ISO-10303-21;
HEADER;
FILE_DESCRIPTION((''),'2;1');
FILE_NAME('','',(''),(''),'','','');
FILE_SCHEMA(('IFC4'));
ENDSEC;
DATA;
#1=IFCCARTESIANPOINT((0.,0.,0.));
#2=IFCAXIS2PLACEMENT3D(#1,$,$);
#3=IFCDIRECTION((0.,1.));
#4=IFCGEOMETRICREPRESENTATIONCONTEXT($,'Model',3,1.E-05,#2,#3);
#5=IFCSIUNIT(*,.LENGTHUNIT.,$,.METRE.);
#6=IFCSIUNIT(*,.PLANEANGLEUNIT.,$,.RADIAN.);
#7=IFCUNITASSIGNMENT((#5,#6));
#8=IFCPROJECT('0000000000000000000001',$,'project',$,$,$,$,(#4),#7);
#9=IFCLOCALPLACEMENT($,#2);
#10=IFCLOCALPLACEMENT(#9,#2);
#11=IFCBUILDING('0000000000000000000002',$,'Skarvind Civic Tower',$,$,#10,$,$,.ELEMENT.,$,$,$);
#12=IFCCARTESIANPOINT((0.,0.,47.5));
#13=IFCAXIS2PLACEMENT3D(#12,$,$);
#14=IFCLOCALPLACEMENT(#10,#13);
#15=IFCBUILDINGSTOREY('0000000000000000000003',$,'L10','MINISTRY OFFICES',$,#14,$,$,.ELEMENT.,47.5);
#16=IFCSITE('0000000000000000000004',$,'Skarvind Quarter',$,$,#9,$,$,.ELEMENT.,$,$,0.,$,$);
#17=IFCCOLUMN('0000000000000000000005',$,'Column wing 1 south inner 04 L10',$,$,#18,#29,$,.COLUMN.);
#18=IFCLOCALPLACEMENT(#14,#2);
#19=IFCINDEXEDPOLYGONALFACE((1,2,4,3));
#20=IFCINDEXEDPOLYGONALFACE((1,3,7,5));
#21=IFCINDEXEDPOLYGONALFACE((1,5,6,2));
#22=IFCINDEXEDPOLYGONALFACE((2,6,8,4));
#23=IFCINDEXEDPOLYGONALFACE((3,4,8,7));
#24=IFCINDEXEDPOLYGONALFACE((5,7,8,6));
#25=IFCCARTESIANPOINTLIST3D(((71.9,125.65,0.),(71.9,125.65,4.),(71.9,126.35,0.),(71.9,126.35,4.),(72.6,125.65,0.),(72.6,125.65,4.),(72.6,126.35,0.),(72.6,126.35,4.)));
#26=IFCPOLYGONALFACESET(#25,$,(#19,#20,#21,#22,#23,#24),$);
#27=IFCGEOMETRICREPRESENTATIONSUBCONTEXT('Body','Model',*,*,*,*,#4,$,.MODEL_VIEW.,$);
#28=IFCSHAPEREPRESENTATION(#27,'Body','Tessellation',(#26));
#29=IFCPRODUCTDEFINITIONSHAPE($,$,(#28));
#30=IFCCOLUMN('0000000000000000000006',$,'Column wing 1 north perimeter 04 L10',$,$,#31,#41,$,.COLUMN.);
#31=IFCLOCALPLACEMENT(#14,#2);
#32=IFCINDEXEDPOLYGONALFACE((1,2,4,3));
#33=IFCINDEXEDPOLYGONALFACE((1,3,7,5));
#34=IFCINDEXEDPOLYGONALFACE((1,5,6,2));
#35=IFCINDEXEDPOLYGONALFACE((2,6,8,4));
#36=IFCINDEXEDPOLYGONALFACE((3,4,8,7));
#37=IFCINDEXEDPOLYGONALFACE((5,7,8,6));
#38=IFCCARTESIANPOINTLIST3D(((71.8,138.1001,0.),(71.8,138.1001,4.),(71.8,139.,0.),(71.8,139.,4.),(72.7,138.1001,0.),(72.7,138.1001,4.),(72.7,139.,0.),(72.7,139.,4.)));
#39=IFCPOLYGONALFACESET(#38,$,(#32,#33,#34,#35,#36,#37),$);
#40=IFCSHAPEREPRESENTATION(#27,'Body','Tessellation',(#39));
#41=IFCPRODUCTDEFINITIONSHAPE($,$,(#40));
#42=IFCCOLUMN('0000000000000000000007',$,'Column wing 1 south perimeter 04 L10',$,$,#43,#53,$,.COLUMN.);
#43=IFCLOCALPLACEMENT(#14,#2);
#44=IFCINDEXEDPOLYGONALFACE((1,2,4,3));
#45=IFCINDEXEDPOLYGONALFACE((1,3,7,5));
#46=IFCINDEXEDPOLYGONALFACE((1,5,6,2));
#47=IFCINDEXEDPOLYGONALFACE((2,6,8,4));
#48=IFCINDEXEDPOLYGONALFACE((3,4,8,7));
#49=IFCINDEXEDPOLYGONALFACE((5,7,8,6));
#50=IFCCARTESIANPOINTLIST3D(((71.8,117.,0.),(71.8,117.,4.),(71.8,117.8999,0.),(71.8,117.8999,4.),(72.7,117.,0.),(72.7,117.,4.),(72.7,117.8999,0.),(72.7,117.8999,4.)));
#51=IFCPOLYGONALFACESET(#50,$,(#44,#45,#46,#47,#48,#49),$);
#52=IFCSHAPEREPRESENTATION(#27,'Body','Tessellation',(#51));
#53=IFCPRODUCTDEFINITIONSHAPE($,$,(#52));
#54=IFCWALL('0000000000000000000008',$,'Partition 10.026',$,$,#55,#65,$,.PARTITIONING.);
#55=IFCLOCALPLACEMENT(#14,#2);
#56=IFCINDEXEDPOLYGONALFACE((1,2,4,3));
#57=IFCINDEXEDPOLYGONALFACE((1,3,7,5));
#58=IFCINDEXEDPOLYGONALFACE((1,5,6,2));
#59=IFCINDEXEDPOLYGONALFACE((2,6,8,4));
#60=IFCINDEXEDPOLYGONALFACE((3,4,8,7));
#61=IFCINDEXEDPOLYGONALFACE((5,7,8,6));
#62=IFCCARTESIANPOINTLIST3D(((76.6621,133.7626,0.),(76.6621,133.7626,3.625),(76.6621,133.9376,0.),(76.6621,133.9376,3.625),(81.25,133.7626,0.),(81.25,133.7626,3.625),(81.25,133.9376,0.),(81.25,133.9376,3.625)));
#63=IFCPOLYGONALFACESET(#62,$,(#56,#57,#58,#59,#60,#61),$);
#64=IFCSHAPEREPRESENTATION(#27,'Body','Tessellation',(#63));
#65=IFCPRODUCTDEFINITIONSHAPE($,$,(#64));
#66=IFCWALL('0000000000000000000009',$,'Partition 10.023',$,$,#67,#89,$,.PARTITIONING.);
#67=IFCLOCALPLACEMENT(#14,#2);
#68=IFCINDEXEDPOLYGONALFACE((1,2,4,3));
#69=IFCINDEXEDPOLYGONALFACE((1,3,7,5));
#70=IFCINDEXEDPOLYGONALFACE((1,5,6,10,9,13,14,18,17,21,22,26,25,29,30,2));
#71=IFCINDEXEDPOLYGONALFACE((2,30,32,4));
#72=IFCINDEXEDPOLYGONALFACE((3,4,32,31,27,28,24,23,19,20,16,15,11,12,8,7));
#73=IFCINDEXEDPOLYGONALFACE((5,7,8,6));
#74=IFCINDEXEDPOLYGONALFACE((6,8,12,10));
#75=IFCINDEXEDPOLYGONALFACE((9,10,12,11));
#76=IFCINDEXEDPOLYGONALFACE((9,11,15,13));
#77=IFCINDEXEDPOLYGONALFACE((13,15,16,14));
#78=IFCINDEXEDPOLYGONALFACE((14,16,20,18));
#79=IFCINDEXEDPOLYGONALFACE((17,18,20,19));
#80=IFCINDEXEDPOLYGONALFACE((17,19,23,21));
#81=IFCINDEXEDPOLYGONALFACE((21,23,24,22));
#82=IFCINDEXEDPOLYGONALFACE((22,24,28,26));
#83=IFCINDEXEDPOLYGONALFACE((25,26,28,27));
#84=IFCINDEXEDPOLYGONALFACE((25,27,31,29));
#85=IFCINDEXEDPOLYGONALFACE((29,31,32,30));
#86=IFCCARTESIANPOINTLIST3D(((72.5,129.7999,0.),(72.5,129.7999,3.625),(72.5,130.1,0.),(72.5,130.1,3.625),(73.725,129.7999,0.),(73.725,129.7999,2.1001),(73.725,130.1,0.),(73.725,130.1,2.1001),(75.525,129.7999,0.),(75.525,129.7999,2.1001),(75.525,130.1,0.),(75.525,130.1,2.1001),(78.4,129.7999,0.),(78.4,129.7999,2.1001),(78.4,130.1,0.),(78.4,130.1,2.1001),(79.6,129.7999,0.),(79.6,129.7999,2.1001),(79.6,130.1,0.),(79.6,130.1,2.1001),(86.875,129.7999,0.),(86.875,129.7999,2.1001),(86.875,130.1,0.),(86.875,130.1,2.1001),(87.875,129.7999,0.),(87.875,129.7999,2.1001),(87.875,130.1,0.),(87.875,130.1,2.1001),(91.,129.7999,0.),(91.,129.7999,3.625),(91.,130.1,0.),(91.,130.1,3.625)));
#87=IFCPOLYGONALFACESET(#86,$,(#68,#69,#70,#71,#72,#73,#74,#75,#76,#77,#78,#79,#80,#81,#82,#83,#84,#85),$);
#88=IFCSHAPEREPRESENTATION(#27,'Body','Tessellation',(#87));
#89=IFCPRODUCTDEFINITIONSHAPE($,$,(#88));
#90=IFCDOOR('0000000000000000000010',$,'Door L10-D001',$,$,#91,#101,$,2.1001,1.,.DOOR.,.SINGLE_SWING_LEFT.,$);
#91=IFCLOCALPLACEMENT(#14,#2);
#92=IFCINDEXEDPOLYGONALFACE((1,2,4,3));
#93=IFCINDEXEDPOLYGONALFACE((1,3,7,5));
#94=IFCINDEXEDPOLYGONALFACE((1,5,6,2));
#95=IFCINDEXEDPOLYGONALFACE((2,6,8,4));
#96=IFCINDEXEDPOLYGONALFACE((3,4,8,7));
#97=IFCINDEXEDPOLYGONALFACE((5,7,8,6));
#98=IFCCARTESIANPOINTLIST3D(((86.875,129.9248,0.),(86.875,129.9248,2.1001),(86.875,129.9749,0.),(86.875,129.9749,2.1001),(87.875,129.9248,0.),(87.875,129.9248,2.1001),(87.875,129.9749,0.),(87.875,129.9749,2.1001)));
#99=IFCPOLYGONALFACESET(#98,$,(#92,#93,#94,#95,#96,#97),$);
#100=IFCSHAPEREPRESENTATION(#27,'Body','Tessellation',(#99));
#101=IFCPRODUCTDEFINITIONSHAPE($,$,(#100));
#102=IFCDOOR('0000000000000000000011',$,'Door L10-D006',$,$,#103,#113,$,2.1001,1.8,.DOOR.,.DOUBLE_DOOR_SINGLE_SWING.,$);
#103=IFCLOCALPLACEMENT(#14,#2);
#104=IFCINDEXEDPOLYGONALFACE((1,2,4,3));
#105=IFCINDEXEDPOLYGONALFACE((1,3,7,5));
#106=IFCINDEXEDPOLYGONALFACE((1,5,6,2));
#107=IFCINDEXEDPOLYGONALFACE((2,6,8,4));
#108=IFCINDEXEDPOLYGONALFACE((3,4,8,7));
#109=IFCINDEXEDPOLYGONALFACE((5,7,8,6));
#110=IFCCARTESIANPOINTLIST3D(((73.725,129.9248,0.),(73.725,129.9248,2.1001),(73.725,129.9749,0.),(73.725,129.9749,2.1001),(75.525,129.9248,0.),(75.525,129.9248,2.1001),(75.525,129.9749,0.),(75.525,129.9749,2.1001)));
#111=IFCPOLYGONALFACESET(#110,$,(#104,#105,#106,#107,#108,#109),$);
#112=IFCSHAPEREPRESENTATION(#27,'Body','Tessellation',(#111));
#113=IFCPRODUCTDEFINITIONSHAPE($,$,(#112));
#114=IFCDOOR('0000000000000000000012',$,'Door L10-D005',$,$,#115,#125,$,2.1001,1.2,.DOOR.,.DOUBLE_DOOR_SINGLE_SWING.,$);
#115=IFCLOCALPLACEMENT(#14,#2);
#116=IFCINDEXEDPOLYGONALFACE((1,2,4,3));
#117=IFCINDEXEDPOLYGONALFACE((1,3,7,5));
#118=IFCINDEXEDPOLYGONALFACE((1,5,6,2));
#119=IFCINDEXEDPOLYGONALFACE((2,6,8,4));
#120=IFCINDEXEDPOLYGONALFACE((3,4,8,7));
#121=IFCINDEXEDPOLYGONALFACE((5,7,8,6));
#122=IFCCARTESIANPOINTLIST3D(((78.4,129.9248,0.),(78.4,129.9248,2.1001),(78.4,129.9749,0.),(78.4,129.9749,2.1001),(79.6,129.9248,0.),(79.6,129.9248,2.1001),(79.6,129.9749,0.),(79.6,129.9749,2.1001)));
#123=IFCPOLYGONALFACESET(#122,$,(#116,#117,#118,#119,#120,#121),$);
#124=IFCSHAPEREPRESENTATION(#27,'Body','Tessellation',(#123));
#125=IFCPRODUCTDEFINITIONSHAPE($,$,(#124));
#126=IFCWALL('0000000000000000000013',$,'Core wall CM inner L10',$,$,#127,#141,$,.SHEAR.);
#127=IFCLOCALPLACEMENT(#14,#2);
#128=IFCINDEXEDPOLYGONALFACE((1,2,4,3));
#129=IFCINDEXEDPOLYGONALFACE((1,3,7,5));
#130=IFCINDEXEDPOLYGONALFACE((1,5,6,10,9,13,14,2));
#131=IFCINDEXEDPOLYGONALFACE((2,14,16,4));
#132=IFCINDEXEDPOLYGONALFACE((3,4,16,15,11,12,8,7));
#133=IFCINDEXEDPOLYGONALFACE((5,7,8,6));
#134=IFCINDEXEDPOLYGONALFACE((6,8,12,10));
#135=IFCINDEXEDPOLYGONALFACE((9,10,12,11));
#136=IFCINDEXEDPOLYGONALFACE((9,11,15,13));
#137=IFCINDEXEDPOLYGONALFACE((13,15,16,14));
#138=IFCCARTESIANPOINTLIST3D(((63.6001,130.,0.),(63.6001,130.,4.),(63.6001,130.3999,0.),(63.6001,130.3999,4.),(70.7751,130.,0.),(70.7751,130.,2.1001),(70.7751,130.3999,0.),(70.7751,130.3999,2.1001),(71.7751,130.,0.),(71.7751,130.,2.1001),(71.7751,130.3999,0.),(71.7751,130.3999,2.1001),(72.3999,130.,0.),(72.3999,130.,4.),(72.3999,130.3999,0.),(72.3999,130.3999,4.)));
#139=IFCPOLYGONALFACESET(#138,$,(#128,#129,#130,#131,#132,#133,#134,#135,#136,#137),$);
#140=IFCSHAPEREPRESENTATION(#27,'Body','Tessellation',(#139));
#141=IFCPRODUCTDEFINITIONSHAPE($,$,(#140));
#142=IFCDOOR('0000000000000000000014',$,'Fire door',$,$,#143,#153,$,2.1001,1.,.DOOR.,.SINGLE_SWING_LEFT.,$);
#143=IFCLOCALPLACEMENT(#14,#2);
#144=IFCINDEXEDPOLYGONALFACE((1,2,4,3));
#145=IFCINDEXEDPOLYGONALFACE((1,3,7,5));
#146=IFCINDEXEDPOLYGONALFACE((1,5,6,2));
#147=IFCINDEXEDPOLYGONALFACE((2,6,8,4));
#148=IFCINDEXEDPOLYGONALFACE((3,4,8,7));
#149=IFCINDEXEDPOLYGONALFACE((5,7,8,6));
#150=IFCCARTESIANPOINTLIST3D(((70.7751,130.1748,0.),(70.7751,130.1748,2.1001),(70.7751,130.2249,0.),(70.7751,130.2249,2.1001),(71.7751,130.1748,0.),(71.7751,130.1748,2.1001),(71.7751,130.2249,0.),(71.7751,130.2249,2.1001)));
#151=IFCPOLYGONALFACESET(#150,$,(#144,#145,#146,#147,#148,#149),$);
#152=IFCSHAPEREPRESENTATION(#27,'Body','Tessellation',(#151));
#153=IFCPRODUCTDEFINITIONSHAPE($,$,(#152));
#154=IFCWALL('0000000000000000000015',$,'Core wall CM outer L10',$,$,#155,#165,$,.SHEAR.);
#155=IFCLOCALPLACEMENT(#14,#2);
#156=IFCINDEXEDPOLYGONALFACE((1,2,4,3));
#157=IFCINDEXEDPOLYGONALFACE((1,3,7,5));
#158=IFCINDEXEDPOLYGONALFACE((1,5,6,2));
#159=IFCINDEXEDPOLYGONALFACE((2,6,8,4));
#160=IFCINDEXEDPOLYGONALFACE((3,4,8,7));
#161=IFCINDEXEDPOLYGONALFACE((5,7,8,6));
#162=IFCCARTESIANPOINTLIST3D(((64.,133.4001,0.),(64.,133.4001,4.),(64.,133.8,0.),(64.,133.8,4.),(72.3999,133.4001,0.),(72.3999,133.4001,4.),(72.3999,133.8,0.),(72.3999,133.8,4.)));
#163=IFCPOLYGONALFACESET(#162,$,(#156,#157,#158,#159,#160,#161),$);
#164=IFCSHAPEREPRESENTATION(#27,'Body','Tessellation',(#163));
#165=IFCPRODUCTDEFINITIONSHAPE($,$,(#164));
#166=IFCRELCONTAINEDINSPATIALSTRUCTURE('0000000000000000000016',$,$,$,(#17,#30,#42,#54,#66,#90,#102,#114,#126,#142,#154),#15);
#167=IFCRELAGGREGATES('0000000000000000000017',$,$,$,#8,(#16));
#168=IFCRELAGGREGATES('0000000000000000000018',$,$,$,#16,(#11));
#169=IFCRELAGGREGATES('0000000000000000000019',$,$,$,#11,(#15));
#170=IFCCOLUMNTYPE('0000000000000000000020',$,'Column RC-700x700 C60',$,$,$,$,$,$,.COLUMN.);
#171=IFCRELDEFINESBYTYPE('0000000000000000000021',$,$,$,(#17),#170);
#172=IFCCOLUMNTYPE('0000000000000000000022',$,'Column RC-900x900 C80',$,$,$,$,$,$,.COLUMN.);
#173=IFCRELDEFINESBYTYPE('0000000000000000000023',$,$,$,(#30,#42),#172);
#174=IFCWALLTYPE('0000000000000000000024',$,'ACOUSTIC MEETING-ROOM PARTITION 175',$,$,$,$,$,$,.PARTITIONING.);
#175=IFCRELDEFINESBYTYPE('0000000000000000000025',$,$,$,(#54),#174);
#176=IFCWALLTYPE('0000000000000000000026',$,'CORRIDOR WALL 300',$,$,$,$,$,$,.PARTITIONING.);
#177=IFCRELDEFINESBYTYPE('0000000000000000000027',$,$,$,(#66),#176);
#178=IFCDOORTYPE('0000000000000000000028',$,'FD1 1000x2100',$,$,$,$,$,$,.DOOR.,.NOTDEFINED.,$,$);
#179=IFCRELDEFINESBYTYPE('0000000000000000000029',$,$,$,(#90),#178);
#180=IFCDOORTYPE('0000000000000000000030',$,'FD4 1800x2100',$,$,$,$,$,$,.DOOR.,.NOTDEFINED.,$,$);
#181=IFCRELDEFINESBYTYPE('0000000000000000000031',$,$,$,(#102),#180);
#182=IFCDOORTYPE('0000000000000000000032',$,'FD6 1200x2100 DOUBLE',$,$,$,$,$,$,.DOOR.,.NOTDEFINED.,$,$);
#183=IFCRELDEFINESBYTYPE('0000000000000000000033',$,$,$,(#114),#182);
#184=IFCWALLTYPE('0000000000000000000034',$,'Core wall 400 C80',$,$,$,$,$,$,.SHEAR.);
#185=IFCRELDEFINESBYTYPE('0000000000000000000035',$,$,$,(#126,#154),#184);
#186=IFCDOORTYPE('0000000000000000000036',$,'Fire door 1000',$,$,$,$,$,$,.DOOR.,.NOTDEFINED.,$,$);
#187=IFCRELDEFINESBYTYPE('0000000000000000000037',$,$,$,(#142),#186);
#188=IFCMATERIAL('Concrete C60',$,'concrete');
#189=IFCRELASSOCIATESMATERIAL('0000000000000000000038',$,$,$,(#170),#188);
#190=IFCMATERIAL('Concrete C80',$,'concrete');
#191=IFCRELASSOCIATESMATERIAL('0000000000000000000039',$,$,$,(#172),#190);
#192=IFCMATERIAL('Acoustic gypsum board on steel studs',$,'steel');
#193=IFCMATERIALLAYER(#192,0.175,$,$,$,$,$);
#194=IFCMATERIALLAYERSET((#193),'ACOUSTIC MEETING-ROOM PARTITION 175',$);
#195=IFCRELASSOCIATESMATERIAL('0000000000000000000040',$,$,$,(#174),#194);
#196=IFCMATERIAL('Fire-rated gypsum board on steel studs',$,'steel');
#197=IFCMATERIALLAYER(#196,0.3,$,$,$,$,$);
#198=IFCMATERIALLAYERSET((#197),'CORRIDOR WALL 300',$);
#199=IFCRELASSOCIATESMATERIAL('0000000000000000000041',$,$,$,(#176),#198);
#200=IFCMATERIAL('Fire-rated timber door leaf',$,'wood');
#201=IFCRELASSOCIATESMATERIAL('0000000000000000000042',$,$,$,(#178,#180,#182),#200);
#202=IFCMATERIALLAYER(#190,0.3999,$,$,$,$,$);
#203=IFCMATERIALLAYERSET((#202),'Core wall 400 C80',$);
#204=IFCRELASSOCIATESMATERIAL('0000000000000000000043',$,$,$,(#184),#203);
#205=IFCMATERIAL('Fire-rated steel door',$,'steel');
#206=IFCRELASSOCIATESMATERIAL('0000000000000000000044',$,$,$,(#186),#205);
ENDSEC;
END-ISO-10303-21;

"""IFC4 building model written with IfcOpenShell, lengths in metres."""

from ifc_helpers import new_model, si_unit, direction, frame, frame_2d, origin, origin_2d, place, context, subcontext, project, spatial, rectangle, extrude, material, layer, layer_set, material_profile, profile_set, type_object, element, fill, save


model = new_model("IFC4")

# Units and contexts
model_context = context("Model", 3, precision=1e-05, world=origin(), true_north=direction((0.0, 1.0)))
body_context = subcontext(model_context, "Body", "Model", "MODEL_VIEW")
ifc_project = project(units=[si_unit("LENGTHUNIT", "METRE"), si_unit("PLANEANGLEUNIT", "RADIAN")], contexts=[model_context])

# Site, building, storey
site_placement = place(None, origin())
site = spatial("IfcSite", under=ifc_project, at=site_placement, Name="Skarvind Quarter", CompositionType="ELEMENT", RefElevation=0.0)
building_placement = place(site_placement, origin())
building = spatial("IfcBuilding", under=site, at=building_placement, Name="Skarvind Civic Tower", CompositionType="ELEMENT")
storey_placement = place(building_placement, frame((0.0, 0.0, 47.5)))
storey = spatial("IfcBuildingStorey", under=building, at=storey_placement, Name="L10", Description="MINISTRY OFFICES", CompositionType="ELEMENT", Elevation=47.5)

# Columns
ifc_material_1 = material(Name="Concrete C60", Category="concrete")
ifc_material_profile_1 = material_profile(ifc_material_1, rectangle(XDim=0.7, YDim=0.7, at=origin_2d()), Name="RC-700x700")
ifc_profile_set_1 = profile_set([ifc_material_profile_1], Name="Concrete C60")
column_type_1 = type_object("IfcColumnType", Name="Column RC-700x700 C60", PredefinedType="COLUMN", material=ifc_profile_set_1)
column_placement = place(storey_placement, frame((72.25, 126.0, 0.0), z_axis=(0.0, 0.0, 1.0), x_axis=(1.0, 0.0, 0.0)))
element("IfcColumn", 1, at=column_placement, inside=storey, type_object=column_type_1, Name="Column wing 1 south inner 04 L10", PredefinedType="COLUMN", context=body_context, shape_type="SweptSolid", body=[
    extrude(rectangle(XDim=0.7, YDim=0.7, at=origin_2d()), origin(), (0.0, 0.0, 1.0), 4.0),
])
ifc_material_2 = material(Name="Concrete C80", Category="concrete")
ifc_material_profile_2 = material_profile(ifc_material_2, rectangle(XDim=0.8999, YDim=0.8999, at=origin_2d()), Name="RC-900x900")
ifc_profile_set_2 = profile_set([ifc_material_profile_2], Name="Concrete C80")
column_type_2 = type_object("IfcColumnType", Name="Column RC-900x900 C80", PredefinedType="COLUMN", material=ifc_profile_set_2)
for number, where, z_axis, x_axis, name in (
    (2, (72.25, 138.55, 0.0), (0.0, 0.0, 1.0), (1.0, 0.0, 0.0), "Column wing 1 north perimeter 04 L10"),
    (3, (72.25, 117.45, 0.0), (0.0, 0.0, 1.0), (1.0, 0.0, 0.0), "Column wing 1 south perimeter 04 L10"),
):
    element("IfcColumn", number, at=place(storey_placement, frame(where, z_axis=z_axis, x_axis=x_axis)), inside=storey, type_object=column_type_2, Name=name, PredefinedType="COLUMN", context=body_context, shape_type="SweptSolid", body=[
        extrude(rectangle(XDim=0.8999, YDim=0.8999, at=origin_2d()), origin(), (0.0, 0.0, 1.0), 4.0),
    ])

# Wall
ifc_material_3 = material(Name="Acoustic gypsum board on steel studs", Category="steel")
ifc_layer_1 = layer(ifc_material_3, 0.175)
ifc_layer_set_1 = layer_set([ifc_layer_1], Name="ACOUSTIC MEETING-ROOM PARTITION 175")
wall_type_1 = type_object("IfcWallType", Name="ACOUSTIC MEETING-ROOM PARTITION 175", PredefinedType="PARTITIONING", material=ifc_layer_set_1)
wall_1_placement = place(storey_placement, frame((76.6621, 133.8501, 0.0), z_axis=(0.0, 0.0, 1.0), x_axis=(1.0, 0.0, 0.0)))
element("IfcWall", 4, at=wall_1_placement, inside=storey, type_object=wall_type_1, Name="Partition 10.026", PredefinedType="PARTITIONING", context=body_context, shape_type="SweptSolid", body=[
    extrude(rectangle(XDim=4.5879, YDim=0.175, at=frame_2d((2.2939, 0.0))), origin(), (0.0, 0.0, 1.0), 3.625),
])

# Wall, openings, doors
ifc_material_4 = material(Name="Fire-rated gypsum board on steel studs", Category="steel")
ifc_layer_2 = layer(ifc_material_4, 0.3)
ifc_layer_set_2 = layer_set([ifc_layer_2], Name="CORRIDOR WALL 300")
wall_type_2 = type_object("IfcWallType", Name="CORRIDOR WALL 300", PredefinedType="PARTITIONING", material=ifc_layer_set_2)
wall_2_placement = place(storey_placement, frame((72.5, 129.95, 0.0), z_axis=(0.0, 0.0, 1.0), x_axis=(1.0, 0.0, 0.0)))
wall_2 = element("IfcWall", 5, at=wall_2_placement, inside=storey, type_object=wall_type_2, Name="Partition 10.023", PredefinedType="PARTITIONING", context=body_context, shape_type="SweptSolid", body=[
    extrude(rectangle(XDim=18.5, YDim=0.3, at=frame_2d((9.25, 0.0))), origin(), (0.0, 0.0, 1.0), 3.625),
])
opening_1_placement = place(wall_2_placement, frame((14.375, 0.0, 0.0)))
opening_1 = element("IfcOpeningElement", 6, at=opening_1_placement, cuts=wall_2, PredefinedType="OPENING", context=body_context, shape_type="SweptSolid", body=[
    extrude(rectangle(XDim=1.0, YDim=2.1001, at=frame_2d((0.5, 1.05))), frame((0.0, 0.1599, 0.0), z_axis=(0.0, -1.0, 0.0), x_axis=(1.0, 0.0, 0.0)), (0.0, 0.0, 1.0), 0.3201),
])
opening_2_placement = place(wall_2_placement, frame((5.8999, 0.0, 0.0)))
opening_2 = element("IfcOpeningElement", 7, at=opening_2_placement, cuts=wall_2, PredefinedType="OPENING", context=body_context, shape_type="SweptSolid", body=[
    extrude(rectangle(XDim=1.2, YDim=2.1001, at=frame_2d((0.6001, 1.05))), frame((0.0, 0.1599, 0.0), z_axis=(0.0, -1.0, 0.0), x_axis=(1.0, 0.0, 0.0)), (0.0, 0.0, 1.0), 0.3201),
])
opening_3_placement = place(wall_2_placement, frame((1.2251, 0.0, 0.0)))
opening_3 = element("IfcOpeningElement", 8, at=opening_3_placement, cuts=wall_2, PredefinedType="OPENING", context=body_context, shape_type="SweptSolid", body=[
    extrude(rectangle(XDim=1.8, YDim=2.1001, at=frame_2d((0.8999, 1.05))), frame((0.0, 0.1599, 0.0), z_axis=(0.0, -1.0, 0.0), x_axis=(1.0, 0.0, 0.0)), (0.0, 0.0, 1.0), 0.3201),
])
ifc_material_5 = material(Name="Fire-rated timber door leaf", Category="wood")
door_type_1 = type_object("IfcDoorType", Name="FD1 1000x2100", OperationType="NOTDEFINED", PredefinedType="DOOR", material=ifc_material_5)
door_1_placement = place(opening_1_placement, origin())
door_1 = element("IfcDoor", 9, at=door_1_placement, inside=storey, type_object=door_type_1, Name="Door L10-D001", OperationType="SINGLE_SWING_LEFT", OverallHeight=2.1001, OverallWidth=1.0, PredefinedType="DOOR", context=body_context, shape_type="SweptSolid", body=[
    extrude(rectangle(XDim=1.0, YDim=2.1001, at=frame_2d((0.5, 1.05))), frame((0.0, 0.0249, 0.0), z_axis=(0.0, -1.0, 0.0), x_axis=(1.0, 0.0, 0.0)), (0.0, 0.0, 1.0), 0.05),
])
fill(opening_1, door_1)
door_type_2 = type_object("IfcDoorType", Name="FD4 1800x2100", OperationType="NOTDEFINED", PredefinedType="DOOR", material=ifc_material_5)
door_2_placement = place(opening_3_placement, origin())
door_2 = element("IfcDoor", 10, at=door_2_placement, inside=storey, type_object=door_type_2, Name="Door L10-D006", OperationType="DOUBLE_DOOR_SINGLE_SWING", OverallHeight=2.1001, OverallWidth=1.8, PredefinedType="DOOR", context=body_context, shape_type="SweptSolid", body=[
    extrude(rectangle(XDim=1.8, YDim=2.1001, at=frame_2d((0.8999, 1.05))), frame((0.0, 0.0249, 0.0), z_axis=(0.0, -1.0, 0.0), x_axis=(1.0, 0.0, 0.0)), (0.0, 0.0, 1.0), 0.05),
])
fill(opening_3, door_2)
door_type_3 = type_object("IfcDoorType", Name="FD6 1200x2100 DOUBLE", OperationType="NOTDEFINED", PredefinedType="DOOR", material=ifc_material_5)
door_3_placement = place(opening_2_placement, origin())
door_3 = element("IfcDoor", 11, at=door_3_placement, inside=storey, type_object=door_type_3, Name="Door L10-D005", OperationType="DOUBLE_DOOR_SINGLE_SWING", OverallHeight=2.1001, OverallWidth=1.2, PredefinedType="DOOR", context=body_context, shape_type="SweptSolid", body=[
    extrude(rectangle(XDim=1.2, YDim=2.1001, at=frame_2d((0.6001, 1.05))), frame((0.0, 0.0249, 0.0), z_axis=(0.0, -1.0, 0.0), x_axis=(1.0, 0.0, 0.0)), (0.0, 0.0, 1.0), 0.05),
])
fill(opening_2, door_3)

# Wall, opening, door
ifc_layer_3 = layer(ifc_material_2, 0.3999)
ifc_layer_set_3 = layer_set([ifc_layer_3], Name="Core wall 400 C80")
wall_type_3 = type_object("IfcWallType", Name="Core wall 400 C80", PredefinedType="SHEAR", material=ifc_layer_set_3)
wall_3_placement = place(storey_placement, frame((63.6001, 130.2, 0.0), z_axis=(0.0, 0.0, 1.0), x_axis=(1.0, 0.0, 0.0)))
wall_3 = element("IfcWall", 12, at=wall_3_placement, inside=storey, type_object=wall_type_3, Name="Core wall CM inner L10", PredefinedType="SHEAR", context=body_context, shape_type="SweptSolid", body=[
    extrude(rectangle(XDim=8.7998, YDim=0.3999, at=frame_2d((4.3999, 0.0))), origin(), (0.0, 0.0, 1.0), 4.0),
])
opening_4_placement = place(wall_3_placement, frame((7.175, 0.0, 0.0)))
opening_4 = element("IfcOpeningElement", 13, at=opening_4_placement, cuts=wall_3, PredefinedType="OPENING", context=body_context, shape_type="SweptSolid", body=[
    extrude(rectangle(XDim=1.0, YDim=2.1001, at=frame_2d((0.5, 1.05))), frame((0.0, 0.21, 0.0), z_axis=(0.0, -1.0, 0.0), x_axis=(1.0, 0.0, 0.0)), (0.0, 0.0, 1.0), 0.4199),
])
ifc_material_6 = material(Name="Fire-rated steel door", Category="steel")
door_type_4 = type_object("IfcDoorType", Name="Fire door 1000", OperationType="NOTDEFINED", PredefinedType="DOOR", material=ifc_material_6)
door_4_placement = place(opening_4_placement, origin())
door_4 = element("IfcDoor", 14, at=door_4_placement, inside=storey, type_object=door_type_4, Name="Fire door", OperationType="SINGLE_SWING_LEFT", OverallHeight=2.1001, OverallWidth=1.0, PredefinedType="DOOR", context=body_context, shape_type="SweptSolid", body=[
    extrude(rectangle(XDim=1.0, YDim=2.1001, at=frame_2d((0.5, 1.05))), frame((0.0, 0.0249, 0.0), z_axis=(0.0, -1.0, 0.0), x_axis=(1.0, 0.0, 0.0)), (0.0, 0.0, 1.0), 0.05),
])
fill(opening_4, door_4)

# Wall
wall_4_placement = place(storey_placement, frame((64.0, 133.6001, 0.0), z_axis=(0.0, 0.0, 1.0), x_axis=(1.0, 0.0, 0.0)))
element("IfcWall", 15, at=wall_4_placement, inside=storey, type_object=wall_type_3, Name="Core wall CM outer L10", PredefinedType="SHEAR", context=body_context, shape_type="SweptSolid", body=[
    extrude(rectangle(XDim=8.3999, YDim=0.3999, at=frame_2d((4.2, 0.0))), origin(), (0.0, 0.0, 1.0), 4.0),
])

save(model, "model.ifc")
